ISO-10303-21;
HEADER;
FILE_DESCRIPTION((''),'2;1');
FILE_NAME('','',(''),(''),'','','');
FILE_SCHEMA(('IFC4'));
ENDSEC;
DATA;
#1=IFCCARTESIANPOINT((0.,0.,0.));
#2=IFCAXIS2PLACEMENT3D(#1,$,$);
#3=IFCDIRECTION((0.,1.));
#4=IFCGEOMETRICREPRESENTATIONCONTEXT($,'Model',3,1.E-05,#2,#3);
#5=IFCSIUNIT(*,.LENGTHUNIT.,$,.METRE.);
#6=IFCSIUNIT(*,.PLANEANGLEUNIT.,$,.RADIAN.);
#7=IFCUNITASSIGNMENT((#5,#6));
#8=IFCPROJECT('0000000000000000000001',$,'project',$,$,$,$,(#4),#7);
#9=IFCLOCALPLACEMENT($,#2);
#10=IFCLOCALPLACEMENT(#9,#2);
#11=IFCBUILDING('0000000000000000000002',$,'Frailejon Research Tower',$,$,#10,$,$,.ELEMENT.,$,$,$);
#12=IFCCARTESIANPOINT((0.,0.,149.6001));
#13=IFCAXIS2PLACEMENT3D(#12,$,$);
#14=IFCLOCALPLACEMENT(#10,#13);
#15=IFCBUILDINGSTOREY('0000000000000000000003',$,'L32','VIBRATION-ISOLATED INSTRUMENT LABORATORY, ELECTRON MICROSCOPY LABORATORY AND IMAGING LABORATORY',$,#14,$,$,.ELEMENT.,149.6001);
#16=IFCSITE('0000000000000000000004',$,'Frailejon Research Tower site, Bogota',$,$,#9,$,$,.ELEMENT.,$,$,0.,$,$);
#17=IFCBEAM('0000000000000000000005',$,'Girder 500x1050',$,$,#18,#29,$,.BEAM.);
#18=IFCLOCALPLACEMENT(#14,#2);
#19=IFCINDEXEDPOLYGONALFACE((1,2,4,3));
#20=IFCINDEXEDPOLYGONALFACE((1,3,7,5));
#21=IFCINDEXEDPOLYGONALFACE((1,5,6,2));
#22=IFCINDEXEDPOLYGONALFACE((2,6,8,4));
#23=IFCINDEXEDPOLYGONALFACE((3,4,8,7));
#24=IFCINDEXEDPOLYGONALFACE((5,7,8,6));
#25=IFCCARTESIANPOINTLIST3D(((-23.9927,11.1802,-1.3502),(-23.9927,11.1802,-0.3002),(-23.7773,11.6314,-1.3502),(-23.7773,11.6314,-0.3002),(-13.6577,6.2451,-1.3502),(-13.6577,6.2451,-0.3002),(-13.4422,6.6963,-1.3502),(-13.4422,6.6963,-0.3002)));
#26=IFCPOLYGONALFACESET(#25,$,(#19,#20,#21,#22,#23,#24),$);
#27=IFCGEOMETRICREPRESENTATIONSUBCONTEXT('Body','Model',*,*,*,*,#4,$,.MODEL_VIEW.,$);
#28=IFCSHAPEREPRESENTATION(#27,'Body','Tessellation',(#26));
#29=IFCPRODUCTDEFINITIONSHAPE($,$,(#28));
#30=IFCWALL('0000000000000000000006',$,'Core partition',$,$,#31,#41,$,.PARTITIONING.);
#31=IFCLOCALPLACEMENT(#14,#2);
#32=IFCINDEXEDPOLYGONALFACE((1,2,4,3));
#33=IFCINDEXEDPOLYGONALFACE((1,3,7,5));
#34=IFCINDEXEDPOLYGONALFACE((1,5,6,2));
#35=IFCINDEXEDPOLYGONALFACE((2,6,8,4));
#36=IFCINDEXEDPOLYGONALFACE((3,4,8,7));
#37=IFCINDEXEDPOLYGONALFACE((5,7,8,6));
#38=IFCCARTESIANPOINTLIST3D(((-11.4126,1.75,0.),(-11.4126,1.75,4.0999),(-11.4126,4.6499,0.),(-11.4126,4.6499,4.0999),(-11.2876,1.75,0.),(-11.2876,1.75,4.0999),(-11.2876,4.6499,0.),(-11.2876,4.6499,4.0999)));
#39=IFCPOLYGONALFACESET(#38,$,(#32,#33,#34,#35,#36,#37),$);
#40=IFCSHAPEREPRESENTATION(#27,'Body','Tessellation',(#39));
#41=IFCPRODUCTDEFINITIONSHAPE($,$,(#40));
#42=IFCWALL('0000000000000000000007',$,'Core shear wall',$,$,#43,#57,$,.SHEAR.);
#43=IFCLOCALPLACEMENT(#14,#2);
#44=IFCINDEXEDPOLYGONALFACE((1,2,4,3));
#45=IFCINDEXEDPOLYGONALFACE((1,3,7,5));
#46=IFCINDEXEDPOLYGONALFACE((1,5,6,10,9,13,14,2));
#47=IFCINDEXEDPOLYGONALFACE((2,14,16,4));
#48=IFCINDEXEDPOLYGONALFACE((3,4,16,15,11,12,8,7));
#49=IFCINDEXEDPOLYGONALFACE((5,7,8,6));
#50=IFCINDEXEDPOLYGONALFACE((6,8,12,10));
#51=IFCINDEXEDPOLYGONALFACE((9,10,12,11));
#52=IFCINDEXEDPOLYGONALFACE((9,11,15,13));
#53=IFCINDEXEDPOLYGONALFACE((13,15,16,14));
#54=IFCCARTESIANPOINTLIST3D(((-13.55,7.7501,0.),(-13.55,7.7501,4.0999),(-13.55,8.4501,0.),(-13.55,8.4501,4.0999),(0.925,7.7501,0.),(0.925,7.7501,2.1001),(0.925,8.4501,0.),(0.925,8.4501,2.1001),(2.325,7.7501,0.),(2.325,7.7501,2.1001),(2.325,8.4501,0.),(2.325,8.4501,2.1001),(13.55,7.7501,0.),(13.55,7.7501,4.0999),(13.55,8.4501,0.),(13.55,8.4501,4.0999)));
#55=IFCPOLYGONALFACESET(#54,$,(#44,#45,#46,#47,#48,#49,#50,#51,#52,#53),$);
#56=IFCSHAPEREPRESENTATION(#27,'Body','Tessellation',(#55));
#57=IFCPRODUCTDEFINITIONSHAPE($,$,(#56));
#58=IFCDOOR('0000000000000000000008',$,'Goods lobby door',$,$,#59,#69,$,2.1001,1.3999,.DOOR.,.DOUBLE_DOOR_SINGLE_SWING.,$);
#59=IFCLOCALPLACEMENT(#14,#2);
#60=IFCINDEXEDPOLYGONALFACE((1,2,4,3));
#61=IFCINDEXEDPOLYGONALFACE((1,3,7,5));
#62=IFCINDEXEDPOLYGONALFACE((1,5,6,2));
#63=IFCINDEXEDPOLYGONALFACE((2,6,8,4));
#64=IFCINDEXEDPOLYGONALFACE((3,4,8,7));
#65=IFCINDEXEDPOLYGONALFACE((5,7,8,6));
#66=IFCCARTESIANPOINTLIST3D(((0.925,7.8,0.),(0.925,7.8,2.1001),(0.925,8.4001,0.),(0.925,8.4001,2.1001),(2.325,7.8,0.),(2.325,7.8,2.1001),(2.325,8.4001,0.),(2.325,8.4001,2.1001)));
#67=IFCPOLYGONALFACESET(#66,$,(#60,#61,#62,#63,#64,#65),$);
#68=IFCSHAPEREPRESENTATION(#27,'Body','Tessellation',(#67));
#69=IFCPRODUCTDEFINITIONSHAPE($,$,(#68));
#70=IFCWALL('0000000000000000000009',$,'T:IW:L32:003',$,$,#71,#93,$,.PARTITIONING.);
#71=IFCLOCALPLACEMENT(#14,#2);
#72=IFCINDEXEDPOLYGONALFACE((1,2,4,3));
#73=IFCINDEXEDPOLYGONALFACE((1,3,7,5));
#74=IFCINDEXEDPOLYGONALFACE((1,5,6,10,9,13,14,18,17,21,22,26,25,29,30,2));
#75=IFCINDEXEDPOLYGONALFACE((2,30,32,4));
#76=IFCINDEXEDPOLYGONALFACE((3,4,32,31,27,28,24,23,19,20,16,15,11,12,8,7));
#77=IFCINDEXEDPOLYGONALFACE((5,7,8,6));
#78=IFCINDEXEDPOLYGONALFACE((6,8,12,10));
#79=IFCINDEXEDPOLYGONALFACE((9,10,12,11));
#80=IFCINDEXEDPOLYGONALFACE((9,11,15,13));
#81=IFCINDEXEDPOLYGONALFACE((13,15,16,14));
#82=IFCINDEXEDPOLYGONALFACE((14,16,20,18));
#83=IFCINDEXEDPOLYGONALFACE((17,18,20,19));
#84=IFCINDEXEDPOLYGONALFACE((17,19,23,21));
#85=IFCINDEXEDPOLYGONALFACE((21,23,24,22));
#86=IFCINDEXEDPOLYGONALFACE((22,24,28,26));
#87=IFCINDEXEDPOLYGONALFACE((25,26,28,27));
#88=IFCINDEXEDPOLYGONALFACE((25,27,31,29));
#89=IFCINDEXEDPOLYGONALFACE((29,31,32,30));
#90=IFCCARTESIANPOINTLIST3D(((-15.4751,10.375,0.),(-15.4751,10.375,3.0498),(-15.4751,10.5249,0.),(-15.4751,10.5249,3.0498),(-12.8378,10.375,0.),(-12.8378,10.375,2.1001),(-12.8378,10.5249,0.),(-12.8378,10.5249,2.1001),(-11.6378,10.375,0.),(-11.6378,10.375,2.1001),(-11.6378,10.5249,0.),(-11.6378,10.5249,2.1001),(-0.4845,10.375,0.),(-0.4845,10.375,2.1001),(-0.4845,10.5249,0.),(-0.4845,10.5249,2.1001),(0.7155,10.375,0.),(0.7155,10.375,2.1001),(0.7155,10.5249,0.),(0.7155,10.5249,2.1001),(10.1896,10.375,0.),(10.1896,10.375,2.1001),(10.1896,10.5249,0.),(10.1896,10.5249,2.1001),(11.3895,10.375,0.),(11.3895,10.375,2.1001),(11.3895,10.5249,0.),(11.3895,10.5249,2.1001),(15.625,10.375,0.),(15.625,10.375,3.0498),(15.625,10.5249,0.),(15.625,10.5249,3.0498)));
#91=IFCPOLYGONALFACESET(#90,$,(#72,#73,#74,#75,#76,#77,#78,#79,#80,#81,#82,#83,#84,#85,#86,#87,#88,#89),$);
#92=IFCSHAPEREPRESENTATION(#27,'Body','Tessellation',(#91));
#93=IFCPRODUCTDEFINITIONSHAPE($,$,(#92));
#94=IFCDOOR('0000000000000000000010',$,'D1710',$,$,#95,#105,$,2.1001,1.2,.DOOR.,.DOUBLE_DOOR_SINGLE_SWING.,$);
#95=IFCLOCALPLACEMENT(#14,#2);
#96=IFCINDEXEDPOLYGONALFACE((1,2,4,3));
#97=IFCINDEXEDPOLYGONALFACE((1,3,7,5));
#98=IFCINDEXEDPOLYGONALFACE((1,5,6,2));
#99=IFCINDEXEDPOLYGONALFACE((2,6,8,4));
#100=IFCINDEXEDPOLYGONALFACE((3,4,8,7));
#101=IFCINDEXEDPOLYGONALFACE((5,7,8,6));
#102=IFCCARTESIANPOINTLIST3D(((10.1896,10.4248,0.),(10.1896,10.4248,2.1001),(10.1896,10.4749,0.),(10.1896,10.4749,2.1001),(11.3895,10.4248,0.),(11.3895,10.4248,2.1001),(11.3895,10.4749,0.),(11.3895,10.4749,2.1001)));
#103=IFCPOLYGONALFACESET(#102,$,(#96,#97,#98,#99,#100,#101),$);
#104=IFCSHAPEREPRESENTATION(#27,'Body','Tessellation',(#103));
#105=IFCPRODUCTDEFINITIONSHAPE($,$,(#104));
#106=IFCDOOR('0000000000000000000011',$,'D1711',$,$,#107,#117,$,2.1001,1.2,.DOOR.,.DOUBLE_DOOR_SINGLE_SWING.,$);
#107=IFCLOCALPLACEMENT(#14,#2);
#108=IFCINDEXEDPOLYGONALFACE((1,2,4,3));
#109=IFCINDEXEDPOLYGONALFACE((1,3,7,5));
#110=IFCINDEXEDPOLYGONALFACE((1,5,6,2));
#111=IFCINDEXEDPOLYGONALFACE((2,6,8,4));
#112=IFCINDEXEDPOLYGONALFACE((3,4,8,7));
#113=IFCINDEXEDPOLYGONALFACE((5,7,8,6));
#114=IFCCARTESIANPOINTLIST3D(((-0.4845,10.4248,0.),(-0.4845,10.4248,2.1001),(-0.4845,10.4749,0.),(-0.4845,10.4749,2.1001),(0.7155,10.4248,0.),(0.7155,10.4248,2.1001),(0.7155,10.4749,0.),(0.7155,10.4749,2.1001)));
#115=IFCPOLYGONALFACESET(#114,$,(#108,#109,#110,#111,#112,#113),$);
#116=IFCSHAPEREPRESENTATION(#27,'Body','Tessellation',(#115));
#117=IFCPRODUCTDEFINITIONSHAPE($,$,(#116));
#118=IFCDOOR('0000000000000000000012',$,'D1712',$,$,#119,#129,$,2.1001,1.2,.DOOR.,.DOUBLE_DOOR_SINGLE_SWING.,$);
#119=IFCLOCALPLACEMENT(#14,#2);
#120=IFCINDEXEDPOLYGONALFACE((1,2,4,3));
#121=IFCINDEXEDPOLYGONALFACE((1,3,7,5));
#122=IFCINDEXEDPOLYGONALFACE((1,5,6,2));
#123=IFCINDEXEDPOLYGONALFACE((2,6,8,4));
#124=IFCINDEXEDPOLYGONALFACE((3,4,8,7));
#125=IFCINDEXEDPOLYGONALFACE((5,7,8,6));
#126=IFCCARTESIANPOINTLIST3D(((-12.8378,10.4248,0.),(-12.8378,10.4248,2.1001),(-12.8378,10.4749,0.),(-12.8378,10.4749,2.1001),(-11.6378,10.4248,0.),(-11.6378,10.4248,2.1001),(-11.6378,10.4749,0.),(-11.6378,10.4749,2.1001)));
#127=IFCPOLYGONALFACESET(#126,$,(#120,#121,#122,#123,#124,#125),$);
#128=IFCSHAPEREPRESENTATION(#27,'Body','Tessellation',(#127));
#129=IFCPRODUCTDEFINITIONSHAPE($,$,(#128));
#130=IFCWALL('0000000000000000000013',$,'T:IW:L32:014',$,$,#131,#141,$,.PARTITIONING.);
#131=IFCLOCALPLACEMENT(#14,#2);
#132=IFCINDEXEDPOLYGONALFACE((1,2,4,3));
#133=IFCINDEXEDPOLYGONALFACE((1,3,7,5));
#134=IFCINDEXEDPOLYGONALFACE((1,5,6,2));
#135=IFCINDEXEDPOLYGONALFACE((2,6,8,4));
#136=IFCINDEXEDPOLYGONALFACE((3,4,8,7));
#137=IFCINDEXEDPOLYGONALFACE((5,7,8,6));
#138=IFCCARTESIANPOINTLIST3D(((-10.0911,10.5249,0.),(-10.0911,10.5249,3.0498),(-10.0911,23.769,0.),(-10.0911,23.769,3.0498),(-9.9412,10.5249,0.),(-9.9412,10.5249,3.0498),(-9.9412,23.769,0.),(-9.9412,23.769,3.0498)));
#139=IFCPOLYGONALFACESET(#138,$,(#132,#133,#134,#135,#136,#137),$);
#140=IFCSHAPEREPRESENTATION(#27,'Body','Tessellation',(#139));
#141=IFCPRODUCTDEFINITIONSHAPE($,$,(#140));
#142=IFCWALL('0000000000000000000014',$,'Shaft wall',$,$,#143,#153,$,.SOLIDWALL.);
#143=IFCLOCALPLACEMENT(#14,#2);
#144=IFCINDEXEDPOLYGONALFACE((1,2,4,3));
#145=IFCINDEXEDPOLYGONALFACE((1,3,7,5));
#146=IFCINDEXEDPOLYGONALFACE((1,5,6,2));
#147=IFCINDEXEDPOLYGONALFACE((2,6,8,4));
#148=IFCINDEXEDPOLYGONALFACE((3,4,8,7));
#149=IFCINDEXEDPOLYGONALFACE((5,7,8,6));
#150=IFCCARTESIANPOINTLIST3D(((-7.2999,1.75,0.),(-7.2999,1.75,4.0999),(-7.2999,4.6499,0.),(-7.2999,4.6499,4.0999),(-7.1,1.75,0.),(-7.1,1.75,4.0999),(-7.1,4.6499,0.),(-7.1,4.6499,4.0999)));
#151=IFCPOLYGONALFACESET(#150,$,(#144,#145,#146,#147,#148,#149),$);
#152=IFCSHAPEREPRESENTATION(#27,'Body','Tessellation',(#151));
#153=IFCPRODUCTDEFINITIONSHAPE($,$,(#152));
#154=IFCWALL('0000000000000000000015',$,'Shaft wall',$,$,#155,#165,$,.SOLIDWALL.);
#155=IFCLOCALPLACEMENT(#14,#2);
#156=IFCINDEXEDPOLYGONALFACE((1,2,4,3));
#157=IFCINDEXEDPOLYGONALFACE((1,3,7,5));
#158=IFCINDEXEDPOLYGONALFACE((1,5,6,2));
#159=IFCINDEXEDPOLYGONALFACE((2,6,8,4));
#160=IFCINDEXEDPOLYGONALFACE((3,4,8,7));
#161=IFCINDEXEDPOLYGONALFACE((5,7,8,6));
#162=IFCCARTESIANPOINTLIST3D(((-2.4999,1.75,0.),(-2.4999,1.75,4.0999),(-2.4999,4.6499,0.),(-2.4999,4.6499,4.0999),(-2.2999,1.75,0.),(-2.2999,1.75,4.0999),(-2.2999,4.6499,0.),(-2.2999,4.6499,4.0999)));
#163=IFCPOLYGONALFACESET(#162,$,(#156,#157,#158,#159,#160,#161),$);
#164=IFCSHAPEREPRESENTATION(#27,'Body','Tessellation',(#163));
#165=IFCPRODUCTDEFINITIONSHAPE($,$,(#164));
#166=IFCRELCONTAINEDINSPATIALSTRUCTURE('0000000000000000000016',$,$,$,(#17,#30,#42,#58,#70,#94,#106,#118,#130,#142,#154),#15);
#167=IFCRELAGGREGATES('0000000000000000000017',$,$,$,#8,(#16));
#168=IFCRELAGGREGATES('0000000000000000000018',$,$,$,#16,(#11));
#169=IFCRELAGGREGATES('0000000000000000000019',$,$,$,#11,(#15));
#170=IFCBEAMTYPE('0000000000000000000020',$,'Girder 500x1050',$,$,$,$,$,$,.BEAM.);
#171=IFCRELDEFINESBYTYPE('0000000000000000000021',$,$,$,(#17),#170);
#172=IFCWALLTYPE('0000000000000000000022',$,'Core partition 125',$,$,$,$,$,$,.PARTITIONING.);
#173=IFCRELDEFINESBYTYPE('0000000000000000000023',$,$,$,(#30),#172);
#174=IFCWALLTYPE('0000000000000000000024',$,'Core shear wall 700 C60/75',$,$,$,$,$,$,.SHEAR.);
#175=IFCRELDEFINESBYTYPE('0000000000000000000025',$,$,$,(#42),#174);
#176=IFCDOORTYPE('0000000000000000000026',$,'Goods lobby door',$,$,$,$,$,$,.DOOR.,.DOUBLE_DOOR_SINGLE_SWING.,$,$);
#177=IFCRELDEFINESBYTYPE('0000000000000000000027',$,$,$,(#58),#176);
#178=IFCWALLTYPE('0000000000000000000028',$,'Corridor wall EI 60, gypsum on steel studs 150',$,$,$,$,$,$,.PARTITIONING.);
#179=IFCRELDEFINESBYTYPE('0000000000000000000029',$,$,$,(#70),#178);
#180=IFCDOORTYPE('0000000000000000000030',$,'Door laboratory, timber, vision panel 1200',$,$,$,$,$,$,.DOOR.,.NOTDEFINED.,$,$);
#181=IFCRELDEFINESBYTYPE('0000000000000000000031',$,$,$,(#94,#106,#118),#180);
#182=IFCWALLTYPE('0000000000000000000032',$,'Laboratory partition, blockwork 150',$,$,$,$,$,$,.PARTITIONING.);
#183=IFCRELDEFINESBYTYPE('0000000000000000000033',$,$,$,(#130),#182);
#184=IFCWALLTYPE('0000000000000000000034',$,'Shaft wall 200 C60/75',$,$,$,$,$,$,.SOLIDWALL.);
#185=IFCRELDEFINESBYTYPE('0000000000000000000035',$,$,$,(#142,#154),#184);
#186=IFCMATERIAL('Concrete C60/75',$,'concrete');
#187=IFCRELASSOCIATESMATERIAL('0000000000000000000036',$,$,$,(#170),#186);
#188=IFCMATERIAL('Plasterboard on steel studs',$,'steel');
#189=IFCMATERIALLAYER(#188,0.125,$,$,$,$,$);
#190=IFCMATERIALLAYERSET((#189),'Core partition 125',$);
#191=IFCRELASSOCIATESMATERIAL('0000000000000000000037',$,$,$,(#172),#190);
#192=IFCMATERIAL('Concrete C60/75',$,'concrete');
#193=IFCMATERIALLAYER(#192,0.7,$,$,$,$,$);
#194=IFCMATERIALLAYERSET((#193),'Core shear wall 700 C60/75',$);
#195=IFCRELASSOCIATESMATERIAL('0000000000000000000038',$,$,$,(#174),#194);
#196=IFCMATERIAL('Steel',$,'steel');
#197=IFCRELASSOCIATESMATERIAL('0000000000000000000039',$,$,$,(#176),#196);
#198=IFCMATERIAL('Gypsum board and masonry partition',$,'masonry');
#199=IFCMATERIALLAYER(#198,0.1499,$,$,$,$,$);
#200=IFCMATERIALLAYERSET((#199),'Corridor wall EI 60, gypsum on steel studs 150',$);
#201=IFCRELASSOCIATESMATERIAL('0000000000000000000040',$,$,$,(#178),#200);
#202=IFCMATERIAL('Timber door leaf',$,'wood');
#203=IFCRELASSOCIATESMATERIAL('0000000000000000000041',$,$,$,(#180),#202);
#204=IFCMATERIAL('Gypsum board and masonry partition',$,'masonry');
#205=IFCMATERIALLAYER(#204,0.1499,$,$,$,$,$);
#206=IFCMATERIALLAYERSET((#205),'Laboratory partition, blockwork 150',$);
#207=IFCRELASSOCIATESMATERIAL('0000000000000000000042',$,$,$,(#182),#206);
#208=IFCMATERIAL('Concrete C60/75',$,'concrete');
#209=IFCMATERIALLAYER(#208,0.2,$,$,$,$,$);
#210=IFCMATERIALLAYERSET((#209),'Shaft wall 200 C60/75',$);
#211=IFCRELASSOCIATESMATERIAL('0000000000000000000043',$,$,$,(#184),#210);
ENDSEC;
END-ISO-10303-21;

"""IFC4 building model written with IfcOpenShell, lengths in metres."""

from ifc_helpers import new_model, si_unit, direction, frame, frame_2d, origin, origin_2d, place, context, subcontext, project, spatial, rectangle, extrude, material, layer, layer_set, material_profile, profile_set, type_object, element, fill, save


model = new_model("IFC4")

# Units and contexts
model_context = context("Model", 3, precision=1e-05, world=origin(), true_north=direction((0.0, 1.0)))
body_context = subcontext(model_context, "Body", "Model", "MODEL_VIEW")
ifc_project = project(units=[si_unit("LENGTHUNIT", "METRE"), si_unit("PLANEANGLEUNIT", "RADIAN")], contexts=[model_context])

# Site, building, storey
site_placement = place(None, origin())
site = spatial("IfcSite", under=ifc_project, at=site_placement, Name="Frailejon Research Tower site, Bogota", CompositionType="ELEMENT", RefElevation=0.0)
building_placement = place(site_placement, origin())
building = spatial("IfcBuilding", under=site, at=building_placement, Name="Frailejon Research Tower", CompositionType="ELEMENT")
storey_placement = place(building_placement, frame((0.0, 0.0, 149.6001)))
storey = spatial("IfcBuildingStorey", under=building, at=storey_placement, Name="L32", Description="VIBRATION-ISOLATED INSTRUMENT LABORATORY, ELECTRON MICROSCOPY LABORATORY AND IMAGING LABORATORY", CompositionType="ELEMENT", Elevation=149.6001)

# Beam
ifc_material_1 = material(Name="Concrete C60/75", Category="concrete")
ifc_material_profile = material_profile(ifc_material_1, rectangle(XDim=0.5, YDim=1.05, at=origin_2d()), Name="Girder 500x1050")
ifc_profile_set = profile_set([ifc_material_profile], Name="Concrete C60/75")
beam_type = type_object("IfcBeamType", Name="Girder 500x1050", PredefinedType="BEAM", material=ifc_profile_set)
beam_placement = place(storey_placement, frame((-23.885, 11.4058, -0.8252), z_axis=(0.902397, -0.430905, 0.0), x_axis=(0.430905, 0.902397, 0.0)))
element("IfcBeam", 1, at=beam_placement, inside=storey, type_object=beam_type, Name="Girder 500x1050", PredefinedType="BEAM", context=body_context, shape_type="SweptSolid", body=[
    extrude(rectangle(XDim=0.5, YDim=1.05, at=origin_2d()), origin(), (0.0, 0.0, 1.0), 11.4529),
])

# Wall
ifc_material_2 = material(Name="Plasterboard on steel studs", Category="steel")
ifc_layer_1 = layer(ifc_material_2, 0.125)
ifc_layer_set_1 = layer_set([ifc_layer_1], Name="Core partition 125")
wall_type_1 = type_object("IfcWallType", Name="Core partition 125", PredefinedType="PARTITIONING", material=ifc_layer_set_1)
wall_1_placement = place(storey_placement, frame((-11.3501, 1.75, 0.0), z_axis=(0.0, 0.0, 1.0), x_axis=(0.0, 1.0, 0.0)))
element("IfcWall", 2, at=wall_1_placement, inside=storey, type_object=wall_type_1, Name="Core partition", PredefinedType="PARTITIONING", context=body_context, shape_type="SweptSolid", body=[
    extrude(rectangle(XDim=2.8999, YDim=0.125, at=frame_2d((1.45, 0.0))), origin(), (0.0, 0.0, 1.0), 4.0999),
])

# Wall, opening, door
ifc_material_3 = material(Name="Concrete C60/75", Category="concrete")
ifc_layer_2 = layer(ifc_material_3, 0.7)
ifc_layer_set_2 = layer_set([ifc_layer_2], Name="Core shear wall 700 C60/75")
wall_type_2 = type_object("IfcWallType", Name="Core shear wall 700 C60/75", PredefinedType="SHEAR", material=ifc_layer_set_2)
wall_2_placement = place(storey_placement, frame((-13.55, 8.1001, 0.0), z_axis=(0.0, 0.0, 1.0), x_axis=(1.0, 0.0, 0.0)))
wall_2 = element("IfcWall", 3, at=wall_2_placement, inside=storey, type_object=wall_type_2, Name="Core shear wall", PredefinedType="SHEAR", context=body_context, shape_type="SweptSolid", body=[
    extrude(rectangle(XDim=27.1001, YDim=0.7, at=frame_2d((13.55, 0.0))), origin(), (0.0, 0.0, 1.0), 4.0999),
])
opening_1_placement = place(wall_2_placement, frame((14.4751, 0.0, 0.0)))
opening_1 = element("IfcOpeningElement", 4, at=opening_1_placement, cuts=wall_2, PredefinedType="OPENING", context=body_context, shape_type="SweptSolid", body=[
    extrude(rectangle(XDim=1.3999, YDim=2.1001, at=frame_2d((0.7, 1.05))), frame((0.0, 0.3599, 0.0), z_axis=(0.0, -1.0, 0.0), x_axis=(1.0, 0.0, 0.0)), (0.0, 0.0, 1.0), 0.72),
])
ifc_material_4 = material(Name="Steel", Category="steel")
door_type_1 = type_object("IfcDoorType", Name="Goods lobby door", OperationType="DOUBLE_DOOR_SINGLE_SWING", PredefinedType="DOOR", material=ifc_material_4)
door_1_placement = place(opening_1_placement, origin())
door_1 = element("IfcDoor", 5, at=door_1_placement, inside=storey, type_object=door_type_1, Name="Goods lobby door", OperationType="DOUBLE_DOOR_SINGLE_SWING", OverallHeight=2.1001, OverallWidth=1.3999, PredefinedType="DOOR", context=body_context, shape_type="SweptSolid", body=[
    extrude(rectangle(XDim=1.3999, YDim=2.1001, at=frame_2d((0.7, 1.05))), frame((0.0, 0.3, 0.0), z_axis=(0.0, -1.0, 0.0), x_axis=(1.0, 0.0, 0.0)), (0.0, 0.0, 1.0), 0.6001),
])
fill(opening_1, door_1)

# Wall, openings, doors
ifc_material_5 = material(Name="Gypsum board and masonry partition", Category="masonry")
ifc_layer_3 = layer(ifc_material_5, 0.1499)
ifc_layer_set_3 = layer_set([ifc_layer_3], Name="Corridor wall EI 60, gypsum on steel studs 150")
wall_type_3 = type_object("IfcWallType", Name="Corridor wall EI 60, gypsum on steel studs 150", PredefinedType="PARTITIONING", material=ifc_layer_set_3)
wall_3_placement = place(storey_placement, frame((-15.4751, 10.45, 0.0), z_axis=(0.0, 0.0, 1.0), x_axis=(1.0, 0.0, 0.0)))
wall_3 = element("IfcWall", 6, at=wall_3_placement, inside=storey, type_object=wall_type_3, Name="T:IW:L32:003", PredefinedType="PARTITIONING", context=body_context, shape_type="SweptSolid", body=[
    extrude(rectangle(XDim=31.1001, YDim=0.1499, at=frame_2d((15.55, 0.0))), origin(), (0.0, 0.0, 1.0), 3.0498),
])
opening_2_placement = place(wall_3_placement, frame((25.6646, 0.0, 0.0)))
opening_2 = element("IfcOpeningElement", 7, at=opening_2_placement, cuts=wall_3, PredefinedType="OPENING", context=body_context, shape_type="SweptSolid", body=[
    extrude(rectangle(XDim=1.2, YDim=2.1001, at=frame_2d((0.6001, 1.05))), frame((0.0, 0.085, 0.0), z_axis=(0.0, -1.0, 0.0), x_axis=(1.0, 0.0, 0.0)), (0.0, 0.0, 1.0), 0.1699),
])
opening_3_placement = place(wall_3_placement, frame((14.9905, 0.0, 0.0)))
opening_3 = element("IfcOpeningElement", 8, at=opening_3_placement, cuts=wall_3, PredefinedType="OPENING", context=body_context, shape_type="SweptSolid", body=[
    extrude(rectangle(XDim=1.2, YDim=2.1001, at=frame_2d((0.6001, 1.05))), frame((0.0, 0.085, 0.0), z_axis=(0.0, -1.0, 0.0), x_axis=(1.0, 0.0, 0.0)), (0.0, 0.0, 1.0), 0.1699),
])
opening_4_placement = place(wall_3_placement, frame((2.6372, 0.0, 0.0)))
opening_4 = element("IfcOpeningElement", 9, at=opening_4_placement, cuts=wall_3, PredefinedType="OPENING", context=body_context, shape_type="SweptSolid", body=[
    extrude(rectangle(XDim=1.2, YDim=2.1001, at=frame_2d((0.6001, 1.05))), frame((0.0, 0.085, 0.0), z_axis=(0.0, -1.0, 0.0), x_axis=(1.0, 0.0, 0.0)), (0.0, 0.0, 1.0), 0.1699),
])
ifc_material_6 = material(Name="Timber door leaf", Category="wood")
door_type_2 = type_object("IfcDoorType", Name="Door laboratory, timber, vision panel 1200", OperationType="NOTDEFINED", PredefinedType="DOOR", material=ifc_material_6)
door_2_placement = place(opening_2_placement, origin())
door_2 = element("IfcDoor", 10, at=door_2_placement, inside=storey, type_object=door_type_2, Name="D1710", OperationType="DOUBLE_DOOR_SINGLE_SWING", OverallHeight=2.1001, OverallWidth=1.2, PredefinedType="DOOR", context=body_context, shape_type="SweptSolid", body=[
    extrude(rectangle(XDim=1.2, YDim=2.1001, at=frame_2d((0.6001, 1.05))), frame((0.0, 0.0249, 0.0), z_axis=(0.0, -1.0, 0.0), x_axis=(1.0, 0.0, 0.0)), (0.0, 0.0, 1.0), 0.05),
])
fill(opening_2, door_2)
door_3_placement = place(opening_3_placement, origin())
door_3 = element("IfcDoor", 11, at=door_3_placement, inside=storey, type_object=door_type_2, Name="D1711", OperationType="DOUBLE_DOOR_SINGLE_SWING", OverallHeight=2.1001, OverallWidth=1.2, PredefinedType="DOOR", context=body_context, shape_type="SweptSolid", body=[
    extrude(rectangle(XDim=1.2, YDim=2.1001, at=frame_2d((0.6001, 1.05))), frame((0.0, 0.0249, 0.0), z_axis=(0.0, -1.0, 0.0), x_axis=(1.0, 0.0, 0.0)), (0.0, 0.0, 1.0), 0.05),
])
fill(opening_3, door_3)
door_4_placement = place(opening_4_placement, origin())
door_4 = element("IfcDoor", 12, at=door_4_placement, inside=storey, type_object=door_type_2, Name="D1712", OperationType="DOUBLE_DOOR_SINGLE_SWING", OverallHeight=2.1001, OverallWidth=1.2, PredefinedType="DOOR", context=body_context, shape_type="SweptSolid", body=[
    extrude(rectangle(XDim=1.2, YDim=2.1001, at=frame_2d((0.6001, 1.05))), frame((0.0, 0.0249, 0.0), z_axis=(0.0, -1.0, 0.0), x_axis=(1.0, 0.0, 0.0)), (0.0, 0.0, 1.0), 0.05),
])
fill(opening_4, door_4)

# Walls
ifc_material_7 = material(Name="Gypsum board and masonry partition", Category="masonry")
ifc_layer_4 = layer(ifc_material_7, 0.1499)
ifc_layer_set_4 = layer_set([ifc_layer_4], Name="Laboratory partition, blockwork 150")
wall_type_4 = type_object("IfcWallType", Name="Laboratory partition, blockwork 150", PredefinedType="PARTITIONING", material=ifc_layer_set_4)
wall_4_placement = place(storey_placement, frame((-10.0161, 10.5249, 0.0), z_axis=(0.0, 0.0, 1.0), x_axis=(0.0, 1.0, 0.0)))
element("IfcWall", 13, at=wall_4_placement, inside=storey, type_object=wall_type_4, Name="T:IW:L32:014", PredefinedType="PARTITIONING", context=body_context, shape_type="SweptSolid", body=[
    extrude(rectangle(XDim=13.2441, YDim=0.1499, at=frame_2d((6.6221, 0.0))), origin(), (0.0, 0.0, 1.0), 3.0498),
])
ifc_material_8 = material(Name="Concrete C60/75", Category="concrete")
ifc_layer_5 = layer(ifc_material_8, 0.2)
ifc_layer_set_5 = layer_set([ifc_layer_5], Name="Shaft wall 200 C60/75")
wall_type_5 = type_object("IfcWallType", Name="Shaft wall 200 C60/75", PredefinedType="SOLIDWALL", material=ifc_layer_set_5)
for number, where, z_axis, x_axis, name in (
    (14, (-7.2, 1.75, 0.0), (0.0, 0.0, 1.0), (0.0, 1.0, 0.0), "Shaft wall"),
    (15, (-2.3999, 1.75, 0.0), (0.0, 0.0, 1.0), (0.0, 1.0, 0.0), "Shaft wall"),
):
    element("IfcWall", number, at=place(storey_placement, frame(where, z_axis=z_axis, x_axis=x_axis)), inside=storey, type_object=wall_type_5, Name=name, PredefinedType="SOLIDWALL", context=body_context, shape_type="SweptSolid", body=[
        extrude(rectangle(XDim=2.8999, YDim=0.2, at=frame_2d((1.45, 0.0))), origin(), (0.0, 0.0, 1.0), 4.0999),
    ])

save(model, "model.ifc")
